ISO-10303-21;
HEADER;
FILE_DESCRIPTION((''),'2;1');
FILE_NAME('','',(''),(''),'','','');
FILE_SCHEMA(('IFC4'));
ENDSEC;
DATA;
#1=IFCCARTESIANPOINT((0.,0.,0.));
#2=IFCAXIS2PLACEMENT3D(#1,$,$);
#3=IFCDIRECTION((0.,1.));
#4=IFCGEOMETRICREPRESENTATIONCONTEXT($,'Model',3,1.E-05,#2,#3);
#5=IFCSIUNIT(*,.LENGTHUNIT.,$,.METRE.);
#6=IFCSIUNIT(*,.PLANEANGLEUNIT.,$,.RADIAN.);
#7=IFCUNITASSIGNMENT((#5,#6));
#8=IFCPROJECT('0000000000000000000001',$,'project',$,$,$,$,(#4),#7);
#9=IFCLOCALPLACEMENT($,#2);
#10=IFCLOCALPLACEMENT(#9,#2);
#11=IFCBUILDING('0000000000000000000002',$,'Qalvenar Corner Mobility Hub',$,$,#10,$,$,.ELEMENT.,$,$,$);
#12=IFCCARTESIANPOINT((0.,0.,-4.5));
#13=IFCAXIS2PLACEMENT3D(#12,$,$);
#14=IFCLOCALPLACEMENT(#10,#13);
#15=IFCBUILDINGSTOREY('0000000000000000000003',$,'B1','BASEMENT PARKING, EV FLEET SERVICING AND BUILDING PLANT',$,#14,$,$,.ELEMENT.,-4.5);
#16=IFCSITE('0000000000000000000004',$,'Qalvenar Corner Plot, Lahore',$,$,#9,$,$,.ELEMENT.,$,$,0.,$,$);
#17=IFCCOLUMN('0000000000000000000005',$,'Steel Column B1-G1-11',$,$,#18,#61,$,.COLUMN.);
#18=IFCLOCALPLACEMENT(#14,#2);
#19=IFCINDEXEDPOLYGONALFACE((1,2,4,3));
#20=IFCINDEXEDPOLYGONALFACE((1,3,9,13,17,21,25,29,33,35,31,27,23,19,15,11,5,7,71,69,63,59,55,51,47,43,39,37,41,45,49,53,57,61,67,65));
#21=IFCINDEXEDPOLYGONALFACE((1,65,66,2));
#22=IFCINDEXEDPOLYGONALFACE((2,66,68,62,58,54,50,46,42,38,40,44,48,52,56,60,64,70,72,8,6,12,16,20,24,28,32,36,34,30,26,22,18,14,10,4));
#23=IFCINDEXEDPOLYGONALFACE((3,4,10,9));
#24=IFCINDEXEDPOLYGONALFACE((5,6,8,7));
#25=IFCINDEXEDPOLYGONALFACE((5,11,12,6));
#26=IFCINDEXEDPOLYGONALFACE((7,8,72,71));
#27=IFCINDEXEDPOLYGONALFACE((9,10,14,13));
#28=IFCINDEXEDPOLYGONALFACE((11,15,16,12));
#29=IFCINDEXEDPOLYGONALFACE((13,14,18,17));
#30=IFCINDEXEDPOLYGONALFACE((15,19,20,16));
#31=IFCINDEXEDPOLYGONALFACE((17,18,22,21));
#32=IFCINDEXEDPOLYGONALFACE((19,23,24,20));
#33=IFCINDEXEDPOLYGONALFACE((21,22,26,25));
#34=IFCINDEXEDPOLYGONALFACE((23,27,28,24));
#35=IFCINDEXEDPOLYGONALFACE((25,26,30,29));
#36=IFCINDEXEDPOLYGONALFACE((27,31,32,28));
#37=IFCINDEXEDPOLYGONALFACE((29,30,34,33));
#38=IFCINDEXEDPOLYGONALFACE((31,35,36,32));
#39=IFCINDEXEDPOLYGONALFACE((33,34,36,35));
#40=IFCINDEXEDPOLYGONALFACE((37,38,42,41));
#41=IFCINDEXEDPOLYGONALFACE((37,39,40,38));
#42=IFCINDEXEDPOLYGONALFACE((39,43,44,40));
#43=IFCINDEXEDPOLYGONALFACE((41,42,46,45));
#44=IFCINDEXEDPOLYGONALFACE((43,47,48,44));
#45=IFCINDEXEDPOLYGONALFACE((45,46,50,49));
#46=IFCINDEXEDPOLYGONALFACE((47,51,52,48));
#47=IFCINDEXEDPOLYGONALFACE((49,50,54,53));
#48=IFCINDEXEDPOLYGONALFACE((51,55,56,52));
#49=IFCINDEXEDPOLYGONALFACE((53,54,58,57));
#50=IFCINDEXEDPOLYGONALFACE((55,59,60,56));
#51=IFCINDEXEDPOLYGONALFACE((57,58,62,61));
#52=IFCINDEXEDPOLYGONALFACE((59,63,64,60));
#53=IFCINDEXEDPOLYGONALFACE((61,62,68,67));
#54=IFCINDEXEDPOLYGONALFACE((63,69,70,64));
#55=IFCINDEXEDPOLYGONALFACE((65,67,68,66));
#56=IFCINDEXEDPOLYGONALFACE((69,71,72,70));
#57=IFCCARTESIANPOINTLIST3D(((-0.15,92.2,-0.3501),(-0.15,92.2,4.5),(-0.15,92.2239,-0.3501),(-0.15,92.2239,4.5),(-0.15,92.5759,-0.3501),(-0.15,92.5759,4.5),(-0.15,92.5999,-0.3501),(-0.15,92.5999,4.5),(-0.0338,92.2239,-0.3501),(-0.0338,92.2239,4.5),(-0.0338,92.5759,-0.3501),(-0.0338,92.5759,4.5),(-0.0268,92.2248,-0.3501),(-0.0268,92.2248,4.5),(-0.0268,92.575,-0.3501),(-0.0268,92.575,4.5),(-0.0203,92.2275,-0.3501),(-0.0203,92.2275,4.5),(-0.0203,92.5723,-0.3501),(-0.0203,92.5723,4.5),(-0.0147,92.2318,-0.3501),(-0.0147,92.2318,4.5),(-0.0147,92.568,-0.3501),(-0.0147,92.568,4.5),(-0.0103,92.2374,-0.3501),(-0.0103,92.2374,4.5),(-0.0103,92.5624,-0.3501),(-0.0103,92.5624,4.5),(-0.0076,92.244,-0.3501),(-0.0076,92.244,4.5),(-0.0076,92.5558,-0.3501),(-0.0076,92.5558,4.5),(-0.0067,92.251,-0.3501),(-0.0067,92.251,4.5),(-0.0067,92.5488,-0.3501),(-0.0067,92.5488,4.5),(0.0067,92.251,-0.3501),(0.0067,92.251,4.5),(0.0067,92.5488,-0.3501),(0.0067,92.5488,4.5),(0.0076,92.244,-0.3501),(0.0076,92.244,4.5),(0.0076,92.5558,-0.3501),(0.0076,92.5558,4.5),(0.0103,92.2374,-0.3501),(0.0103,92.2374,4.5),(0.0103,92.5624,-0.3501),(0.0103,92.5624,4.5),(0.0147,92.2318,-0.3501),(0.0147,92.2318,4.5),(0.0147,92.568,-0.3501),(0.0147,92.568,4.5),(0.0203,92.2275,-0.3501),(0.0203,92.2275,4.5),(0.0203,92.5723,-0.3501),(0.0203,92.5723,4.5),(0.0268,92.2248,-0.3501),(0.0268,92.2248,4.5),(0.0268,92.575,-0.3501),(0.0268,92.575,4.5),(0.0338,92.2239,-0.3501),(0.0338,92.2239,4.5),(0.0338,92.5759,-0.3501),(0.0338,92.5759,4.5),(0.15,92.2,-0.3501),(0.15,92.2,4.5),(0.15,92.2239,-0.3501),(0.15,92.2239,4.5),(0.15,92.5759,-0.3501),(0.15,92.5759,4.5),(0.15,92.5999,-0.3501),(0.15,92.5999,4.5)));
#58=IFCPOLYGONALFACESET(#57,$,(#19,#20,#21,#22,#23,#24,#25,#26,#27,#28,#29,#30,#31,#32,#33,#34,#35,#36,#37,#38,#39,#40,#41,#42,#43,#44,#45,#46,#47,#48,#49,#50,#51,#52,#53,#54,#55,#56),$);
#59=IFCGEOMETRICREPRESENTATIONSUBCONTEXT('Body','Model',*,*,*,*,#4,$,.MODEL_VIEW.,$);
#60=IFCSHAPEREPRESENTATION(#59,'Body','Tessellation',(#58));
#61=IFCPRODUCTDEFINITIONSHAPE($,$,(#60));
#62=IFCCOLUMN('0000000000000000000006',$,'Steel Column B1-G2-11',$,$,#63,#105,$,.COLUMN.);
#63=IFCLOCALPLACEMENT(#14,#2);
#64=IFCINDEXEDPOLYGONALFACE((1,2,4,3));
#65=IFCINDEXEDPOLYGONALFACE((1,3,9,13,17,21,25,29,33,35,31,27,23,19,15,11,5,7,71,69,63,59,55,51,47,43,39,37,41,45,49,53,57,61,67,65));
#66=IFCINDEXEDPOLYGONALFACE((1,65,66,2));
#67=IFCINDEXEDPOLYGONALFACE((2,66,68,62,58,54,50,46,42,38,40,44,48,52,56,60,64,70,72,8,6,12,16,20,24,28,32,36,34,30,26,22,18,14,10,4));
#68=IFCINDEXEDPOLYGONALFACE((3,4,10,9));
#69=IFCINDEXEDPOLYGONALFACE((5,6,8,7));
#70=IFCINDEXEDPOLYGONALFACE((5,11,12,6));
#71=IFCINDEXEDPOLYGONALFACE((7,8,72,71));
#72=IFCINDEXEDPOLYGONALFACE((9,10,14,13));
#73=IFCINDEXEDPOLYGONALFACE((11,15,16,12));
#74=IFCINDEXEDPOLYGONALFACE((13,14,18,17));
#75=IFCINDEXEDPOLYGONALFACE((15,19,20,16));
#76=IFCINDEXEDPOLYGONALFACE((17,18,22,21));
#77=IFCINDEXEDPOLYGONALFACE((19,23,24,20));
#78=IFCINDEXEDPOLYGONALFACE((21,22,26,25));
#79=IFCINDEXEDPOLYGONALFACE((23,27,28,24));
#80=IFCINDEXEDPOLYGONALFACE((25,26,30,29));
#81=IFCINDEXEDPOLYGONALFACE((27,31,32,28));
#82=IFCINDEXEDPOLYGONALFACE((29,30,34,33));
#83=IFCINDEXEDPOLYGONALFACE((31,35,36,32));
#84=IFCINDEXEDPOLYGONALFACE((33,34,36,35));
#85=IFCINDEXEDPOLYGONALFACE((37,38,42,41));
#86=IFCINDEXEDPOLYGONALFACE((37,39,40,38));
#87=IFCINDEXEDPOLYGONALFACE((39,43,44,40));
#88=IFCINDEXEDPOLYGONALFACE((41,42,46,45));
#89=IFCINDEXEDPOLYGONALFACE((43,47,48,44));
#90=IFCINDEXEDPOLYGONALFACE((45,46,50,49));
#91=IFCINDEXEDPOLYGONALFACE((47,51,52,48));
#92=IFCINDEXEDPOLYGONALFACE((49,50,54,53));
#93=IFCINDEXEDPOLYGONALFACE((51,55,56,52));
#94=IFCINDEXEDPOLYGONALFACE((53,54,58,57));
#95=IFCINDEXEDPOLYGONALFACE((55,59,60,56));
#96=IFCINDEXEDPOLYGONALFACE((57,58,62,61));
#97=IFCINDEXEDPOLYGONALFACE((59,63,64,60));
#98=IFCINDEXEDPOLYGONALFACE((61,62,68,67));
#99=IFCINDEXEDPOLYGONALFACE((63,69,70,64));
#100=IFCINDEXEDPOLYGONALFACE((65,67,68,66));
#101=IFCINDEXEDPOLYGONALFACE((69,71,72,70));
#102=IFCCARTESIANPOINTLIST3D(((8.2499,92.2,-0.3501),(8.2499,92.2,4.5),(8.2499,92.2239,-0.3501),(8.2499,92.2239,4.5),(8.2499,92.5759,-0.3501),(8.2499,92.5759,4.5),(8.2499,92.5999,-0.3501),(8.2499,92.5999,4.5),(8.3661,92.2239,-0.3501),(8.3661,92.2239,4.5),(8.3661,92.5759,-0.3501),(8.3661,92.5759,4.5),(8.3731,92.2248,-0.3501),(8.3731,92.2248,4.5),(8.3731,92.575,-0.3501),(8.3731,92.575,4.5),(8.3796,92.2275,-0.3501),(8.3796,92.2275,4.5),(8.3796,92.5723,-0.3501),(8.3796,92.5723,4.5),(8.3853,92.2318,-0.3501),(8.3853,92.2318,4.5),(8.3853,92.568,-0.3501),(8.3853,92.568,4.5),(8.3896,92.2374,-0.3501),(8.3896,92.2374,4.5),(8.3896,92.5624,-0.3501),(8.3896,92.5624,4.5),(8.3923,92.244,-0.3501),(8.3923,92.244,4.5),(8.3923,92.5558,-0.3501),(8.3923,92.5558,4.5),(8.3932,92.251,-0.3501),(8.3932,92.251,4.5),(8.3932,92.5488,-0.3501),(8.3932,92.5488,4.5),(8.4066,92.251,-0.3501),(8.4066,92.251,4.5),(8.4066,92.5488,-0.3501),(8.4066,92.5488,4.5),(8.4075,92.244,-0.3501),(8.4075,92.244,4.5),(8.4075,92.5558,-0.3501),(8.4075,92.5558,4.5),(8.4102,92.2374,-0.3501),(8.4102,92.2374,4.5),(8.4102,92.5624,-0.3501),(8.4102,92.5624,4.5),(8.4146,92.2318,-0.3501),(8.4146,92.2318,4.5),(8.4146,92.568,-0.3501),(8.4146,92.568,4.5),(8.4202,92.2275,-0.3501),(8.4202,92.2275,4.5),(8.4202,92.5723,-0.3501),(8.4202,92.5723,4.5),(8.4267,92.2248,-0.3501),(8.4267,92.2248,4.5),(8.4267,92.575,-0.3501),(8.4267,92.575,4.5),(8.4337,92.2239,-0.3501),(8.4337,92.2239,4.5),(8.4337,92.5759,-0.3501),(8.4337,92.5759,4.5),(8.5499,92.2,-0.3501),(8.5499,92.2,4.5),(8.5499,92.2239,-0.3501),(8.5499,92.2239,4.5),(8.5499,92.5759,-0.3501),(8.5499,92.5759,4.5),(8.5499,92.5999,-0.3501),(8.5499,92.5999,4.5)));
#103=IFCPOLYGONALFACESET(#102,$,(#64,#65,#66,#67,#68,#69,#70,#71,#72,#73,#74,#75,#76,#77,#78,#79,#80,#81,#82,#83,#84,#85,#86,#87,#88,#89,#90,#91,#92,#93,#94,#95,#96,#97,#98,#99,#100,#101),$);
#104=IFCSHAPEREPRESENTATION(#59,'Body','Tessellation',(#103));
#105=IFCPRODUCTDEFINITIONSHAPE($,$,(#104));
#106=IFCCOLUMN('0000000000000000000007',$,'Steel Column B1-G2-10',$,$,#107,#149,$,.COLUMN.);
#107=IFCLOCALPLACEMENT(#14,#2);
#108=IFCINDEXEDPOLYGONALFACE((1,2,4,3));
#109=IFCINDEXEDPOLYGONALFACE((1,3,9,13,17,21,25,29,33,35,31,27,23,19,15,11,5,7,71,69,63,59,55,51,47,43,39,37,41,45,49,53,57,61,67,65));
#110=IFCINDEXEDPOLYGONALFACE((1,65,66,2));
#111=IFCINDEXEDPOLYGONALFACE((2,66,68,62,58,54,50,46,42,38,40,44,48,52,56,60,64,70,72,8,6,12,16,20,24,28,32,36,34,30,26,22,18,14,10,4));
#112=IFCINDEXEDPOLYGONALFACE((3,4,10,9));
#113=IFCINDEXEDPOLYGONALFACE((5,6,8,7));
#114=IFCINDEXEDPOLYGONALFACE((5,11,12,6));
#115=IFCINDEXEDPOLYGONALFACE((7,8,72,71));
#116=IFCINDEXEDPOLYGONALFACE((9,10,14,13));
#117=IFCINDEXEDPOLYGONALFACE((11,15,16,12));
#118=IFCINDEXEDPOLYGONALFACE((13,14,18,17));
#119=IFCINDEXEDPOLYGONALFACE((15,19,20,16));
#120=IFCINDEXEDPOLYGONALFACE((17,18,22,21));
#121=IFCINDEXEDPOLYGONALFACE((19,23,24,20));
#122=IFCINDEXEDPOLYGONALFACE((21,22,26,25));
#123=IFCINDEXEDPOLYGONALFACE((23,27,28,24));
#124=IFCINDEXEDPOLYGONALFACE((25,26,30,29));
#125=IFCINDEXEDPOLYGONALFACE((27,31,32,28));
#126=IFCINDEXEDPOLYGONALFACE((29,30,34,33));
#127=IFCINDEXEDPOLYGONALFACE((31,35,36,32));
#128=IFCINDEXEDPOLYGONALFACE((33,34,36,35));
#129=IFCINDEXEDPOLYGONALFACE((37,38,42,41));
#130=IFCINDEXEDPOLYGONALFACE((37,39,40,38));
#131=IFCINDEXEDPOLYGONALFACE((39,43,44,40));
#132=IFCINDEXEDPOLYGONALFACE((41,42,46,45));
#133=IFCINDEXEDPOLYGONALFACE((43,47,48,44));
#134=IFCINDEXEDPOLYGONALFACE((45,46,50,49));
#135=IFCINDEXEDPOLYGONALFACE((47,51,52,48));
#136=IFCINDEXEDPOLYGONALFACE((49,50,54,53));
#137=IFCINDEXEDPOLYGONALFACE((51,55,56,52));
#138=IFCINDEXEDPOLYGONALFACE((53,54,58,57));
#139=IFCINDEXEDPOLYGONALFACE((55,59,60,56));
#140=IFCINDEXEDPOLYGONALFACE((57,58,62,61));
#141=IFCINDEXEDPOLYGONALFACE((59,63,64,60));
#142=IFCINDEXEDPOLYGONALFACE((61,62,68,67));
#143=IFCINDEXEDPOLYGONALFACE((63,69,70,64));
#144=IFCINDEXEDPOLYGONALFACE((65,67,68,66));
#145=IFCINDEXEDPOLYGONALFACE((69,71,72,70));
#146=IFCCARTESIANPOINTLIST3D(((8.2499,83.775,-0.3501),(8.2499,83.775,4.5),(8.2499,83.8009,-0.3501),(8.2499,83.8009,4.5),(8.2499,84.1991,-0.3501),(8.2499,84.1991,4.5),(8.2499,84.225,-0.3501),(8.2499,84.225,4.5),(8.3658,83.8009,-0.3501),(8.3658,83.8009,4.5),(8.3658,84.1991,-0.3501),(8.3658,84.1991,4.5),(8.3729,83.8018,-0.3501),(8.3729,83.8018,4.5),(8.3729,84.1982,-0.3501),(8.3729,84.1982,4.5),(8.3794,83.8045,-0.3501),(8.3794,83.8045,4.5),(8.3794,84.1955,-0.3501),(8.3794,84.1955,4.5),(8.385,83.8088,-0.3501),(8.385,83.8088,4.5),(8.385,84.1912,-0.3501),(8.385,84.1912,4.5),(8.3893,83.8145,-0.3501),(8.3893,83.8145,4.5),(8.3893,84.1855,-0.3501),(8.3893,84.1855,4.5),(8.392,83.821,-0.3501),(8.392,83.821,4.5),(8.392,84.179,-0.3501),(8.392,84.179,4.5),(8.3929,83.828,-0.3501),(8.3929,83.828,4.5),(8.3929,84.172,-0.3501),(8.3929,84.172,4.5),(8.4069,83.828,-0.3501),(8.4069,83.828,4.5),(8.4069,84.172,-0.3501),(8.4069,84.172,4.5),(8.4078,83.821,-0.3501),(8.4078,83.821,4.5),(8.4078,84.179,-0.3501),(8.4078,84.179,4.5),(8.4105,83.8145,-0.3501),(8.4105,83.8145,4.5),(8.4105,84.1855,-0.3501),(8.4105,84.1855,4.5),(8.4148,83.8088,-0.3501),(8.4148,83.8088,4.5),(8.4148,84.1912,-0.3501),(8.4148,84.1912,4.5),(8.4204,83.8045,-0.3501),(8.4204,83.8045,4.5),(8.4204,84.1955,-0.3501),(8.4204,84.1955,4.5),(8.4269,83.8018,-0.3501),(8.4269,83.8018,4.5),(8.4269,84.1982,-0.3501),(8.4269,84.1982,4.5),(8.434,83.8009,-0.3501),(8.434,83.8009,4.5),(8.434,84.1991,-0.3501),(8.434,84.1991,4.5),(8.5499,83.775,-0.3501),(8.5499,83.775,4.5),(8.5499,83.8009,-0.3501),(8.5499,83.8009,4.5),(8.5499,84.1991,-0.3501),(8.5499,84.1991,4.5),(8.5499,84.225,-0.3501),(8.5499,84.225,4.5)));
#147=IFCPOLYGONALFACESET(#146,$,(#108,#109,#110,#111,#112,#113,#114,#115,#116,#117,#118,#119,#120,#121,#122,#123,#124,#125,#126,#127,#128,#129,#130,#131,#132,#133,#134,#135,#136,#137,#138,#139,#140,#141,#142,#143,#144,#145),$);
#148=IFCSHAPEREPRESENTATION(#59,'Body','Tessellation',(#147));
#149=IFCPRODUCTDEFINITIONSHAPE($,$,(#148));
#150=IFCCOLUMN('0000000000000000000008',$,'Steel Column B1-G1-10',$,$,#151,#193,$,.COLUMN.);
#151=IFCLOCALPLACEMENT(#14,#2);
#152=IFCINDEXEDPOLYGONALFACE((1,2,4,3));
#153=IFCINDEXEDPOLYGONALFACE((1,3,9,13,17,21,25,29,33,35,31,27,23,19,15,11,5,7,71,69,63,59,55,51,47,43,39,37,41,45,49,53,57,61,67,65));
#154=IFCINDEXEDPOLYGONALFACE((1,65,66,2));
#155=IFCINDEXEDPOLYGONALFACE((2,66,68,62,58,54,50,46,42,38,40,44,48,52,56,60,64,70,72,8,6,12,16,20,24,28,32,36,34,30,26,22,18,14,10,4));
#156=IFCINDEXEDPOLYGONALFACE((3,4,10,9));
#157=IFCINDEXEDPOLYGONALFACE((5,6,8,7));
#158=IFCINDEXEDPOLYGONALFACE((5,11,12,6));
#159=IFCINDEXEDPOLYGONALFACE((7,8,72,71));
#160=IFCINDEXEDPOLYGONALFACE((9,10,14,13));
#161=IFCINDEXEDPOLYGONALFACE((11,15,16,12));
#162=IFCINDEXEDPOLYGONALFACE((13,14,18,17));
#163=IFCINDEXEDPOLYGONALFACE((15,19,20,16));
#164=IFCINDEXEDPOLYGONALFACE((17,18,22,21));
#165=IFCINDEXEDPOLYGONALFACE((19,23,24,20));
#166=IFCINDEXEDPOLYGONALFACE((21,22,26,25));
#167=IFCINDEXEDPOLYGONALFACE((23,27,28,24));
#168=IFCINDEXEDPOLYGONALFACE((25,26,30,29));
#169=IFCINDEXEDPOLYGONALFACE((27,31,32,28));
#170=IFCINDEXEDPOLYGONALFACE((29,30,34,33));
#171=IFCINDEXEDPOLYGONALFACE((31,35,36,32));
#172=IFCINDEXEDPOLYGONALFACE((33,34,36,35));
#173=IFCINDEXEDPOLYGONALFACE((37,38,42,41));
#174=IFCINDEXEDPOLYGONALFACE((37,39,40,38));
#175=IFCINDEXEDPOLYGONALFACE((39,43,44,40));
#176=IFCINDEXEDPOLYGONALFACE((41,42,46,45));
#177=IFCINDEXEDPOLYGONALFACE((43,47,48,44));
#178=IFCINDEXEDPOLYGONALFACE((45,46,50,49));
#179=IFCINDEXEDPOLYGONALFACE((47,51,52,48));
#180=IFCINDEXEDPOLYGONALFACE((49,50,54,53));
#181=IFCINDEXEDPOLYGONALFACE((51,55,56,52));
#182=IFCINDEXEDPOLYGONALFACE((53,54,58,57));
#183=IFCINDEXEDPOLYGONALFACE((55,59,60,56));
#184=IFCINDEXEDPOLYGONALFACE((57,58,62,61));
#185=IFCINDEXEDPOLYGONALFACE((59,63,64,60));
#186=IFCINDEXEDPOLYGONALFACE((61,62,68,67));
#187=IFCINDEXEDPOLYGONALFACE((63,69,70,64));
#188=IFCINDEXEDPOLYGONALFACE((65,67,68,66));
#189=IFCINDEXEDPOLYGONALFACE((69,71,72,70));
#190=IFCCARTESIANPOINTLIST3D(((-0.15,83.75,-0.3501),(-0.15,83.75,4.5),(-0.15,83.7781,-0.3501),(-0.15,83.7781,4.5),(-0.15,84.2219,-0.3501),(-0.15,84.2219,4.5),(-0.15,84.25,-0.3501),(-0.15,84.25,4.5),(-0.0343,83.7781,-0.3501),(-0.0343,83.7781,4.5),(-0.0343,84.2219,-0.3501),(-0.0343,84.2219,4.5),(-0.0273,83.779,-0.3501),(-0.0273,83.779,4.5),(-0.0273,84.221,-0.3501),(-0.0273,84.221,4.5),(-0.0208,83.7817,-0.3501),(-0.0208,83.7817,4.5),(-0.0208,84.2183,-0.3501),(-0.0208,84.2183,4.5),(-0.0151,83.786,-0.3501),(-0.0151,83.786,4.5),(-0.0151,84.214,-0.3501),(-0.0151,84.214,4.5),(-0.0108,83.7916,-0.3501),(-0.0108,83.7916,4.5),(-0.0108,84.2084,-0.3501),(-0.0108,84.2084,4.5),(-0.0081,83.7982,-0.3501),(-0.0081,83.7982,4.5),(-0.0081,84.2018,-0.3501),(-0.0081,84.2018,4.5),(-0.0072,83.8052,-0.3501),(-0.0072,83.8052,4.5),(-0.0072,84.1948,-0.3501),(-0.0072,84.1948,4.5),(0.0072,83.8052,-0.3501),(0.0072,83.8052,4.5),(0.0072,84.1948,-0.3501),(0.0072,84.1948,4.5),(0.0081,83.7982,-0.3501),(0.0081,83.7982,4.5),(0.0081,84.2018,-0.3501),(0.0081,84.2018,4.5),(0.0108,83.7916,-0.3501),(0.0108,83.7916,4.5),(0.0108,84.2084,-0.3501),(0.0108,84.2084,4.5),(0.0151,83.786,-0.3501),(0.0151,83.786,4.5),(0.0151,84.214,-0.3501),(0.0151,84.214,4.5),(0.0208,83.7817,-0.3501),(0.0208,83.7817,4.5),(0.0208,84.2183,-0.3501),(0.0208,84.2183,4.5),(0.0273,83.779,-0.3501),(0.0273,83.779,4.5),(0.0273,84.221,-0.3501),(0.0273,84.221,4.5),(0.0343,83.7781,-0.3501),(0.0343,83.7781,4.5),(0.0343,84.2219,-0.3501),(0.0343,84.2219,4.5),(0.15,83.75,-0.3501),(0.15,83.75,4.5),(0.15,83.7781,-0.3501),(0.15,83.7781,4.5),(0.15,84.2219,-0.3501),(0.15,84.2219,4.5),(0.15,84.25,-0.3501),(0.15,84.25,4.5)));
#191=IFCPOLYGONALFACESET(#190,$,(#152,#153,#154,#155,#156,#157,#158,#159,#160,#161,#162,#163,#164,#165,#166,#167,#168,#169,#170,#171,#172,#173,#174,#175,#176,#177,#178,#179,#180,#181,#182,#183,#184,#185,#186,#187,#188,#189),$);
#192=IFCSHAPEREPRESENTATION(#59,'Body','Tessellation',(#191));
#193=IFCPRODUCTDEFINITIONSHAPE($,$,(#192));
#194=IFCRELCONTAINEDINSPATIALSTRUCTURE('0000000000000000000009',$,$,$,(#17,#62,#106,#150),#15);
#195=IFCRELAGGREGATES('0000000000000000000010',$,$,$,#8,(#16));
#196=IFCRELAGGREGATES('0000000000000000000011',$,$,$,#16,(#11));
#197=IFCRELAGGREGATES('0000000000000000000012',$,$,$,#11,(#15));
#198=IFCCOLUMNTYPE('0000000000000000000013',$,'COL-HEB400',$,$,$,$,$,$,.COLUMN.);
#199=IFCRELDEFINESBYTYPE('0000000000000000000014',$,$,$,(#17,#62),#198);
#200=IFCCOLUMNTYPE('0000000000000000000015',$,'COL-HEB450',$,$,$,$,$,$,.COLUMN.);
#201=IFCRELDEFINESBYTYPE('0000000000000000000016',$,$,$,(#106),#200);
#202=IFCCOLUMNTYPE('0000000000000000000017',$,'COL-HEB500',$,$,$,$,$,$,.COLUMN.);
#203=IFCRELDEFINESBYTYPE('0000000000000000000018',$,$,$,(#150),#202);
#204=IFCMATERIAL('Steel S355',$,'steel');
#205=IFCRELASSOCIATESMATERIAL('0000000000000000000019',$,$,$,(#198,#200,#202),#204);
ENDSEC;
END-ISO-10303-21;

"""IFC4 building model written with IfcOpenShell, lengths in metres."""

from ifc_helpers import new_model, si_unit, direction, frame, origin, origin_2d, place, context, subcontext, project, spatial, i_section, extrude, material, material_profile, profile_set, type_object, element, save


model = new_model("IFC4")

# Units and contexts
model_context = context("Model", 3, precision=1e-05, world=origin(), true_north=direction((0.0, 1.0)))
body_context = subcontext(model_context, "Body", "Model", "MODEL_VIEW")
ifc_project = project(units=[si_unit("LENGTHUNIT", "METRE"), si_unit("PLANEANGLEUNIT", "RADIAN")], contexts=[model_context])

# Site, building, storey
site_placement = place(None, origin())
site = spatial("IfcSite", under=ifc_project, at=site_placement, Name="Qalvenar Corner Plot, Lahore", CompositionType="ELEMENT", RefElevation=0.0)
building_placement = place(site_placement, origin())
building = spatial("IfcBuilding", under=site, at=building_placement, Name="Qalvenar Corner Mobility Hub", CompositionType="ELEMENT")
storey_placement = place(building_placement, frame((0.0, 0.0, -4.5)))
storey = spatial("IfcBuildingStorey", under=building, at=storey_placement, Name="B1", Description="BASEMENT PARKING, EV FLEET SERVICING AND BUILDING PLANT", CompositionType="ELEMENT", Elevation=-4.5)

# Columns
ifc_material_1 = material(Name="Steel S355", Category="steel")
ifc_material_profile_1 = material_profile(ifc_material_1, i_section(OverallWidth=0.3, OverallDepth=0.3999, WebThickness=0.0134, FlangeThickness=0.0239, FilletRadius=0.0271, at=origin_2d()), Name="HEB400")
ifc_profile_set_1 = profile_set([ifc_material_profile_1], Name="Steel S355")
column_type_1 = type_object("IfcColumnType", Name="COL-HEB400", PredefinedType="COLUMN", material=ifc_profile_set_1)
for number, where, z_axis, x_axis, name in (
    (1, (0.0, 92.3999, -0.3501), (0.0, 0.0, 1.0), (1.0, 0.0, 0.0), "Steel Column B1-G1-11"),
    (2, (8.3999, 92.3999, -0.3501), (0.0, 0.0, 1.0), (1.0, 0.0, 0.0), "Steel Column B1-G2-11"),
):
    element("IfcColumn", number, at=place(storey_placement, frame(where, z_axis=z_axis, x_axis=x_axis)), inside=storey, type_object=column_type_1, Name=name, PredefinedType="COLUMN", context=body_context, shape_type="SweptSolid", body=[
        extrude(i_section(OverallWidth=0.3, OverallDepth=0.3999, WebThickness=0.0134, FlangeThickness=0.0239, FilletRadius=0.0271, at=origin_2d()), origin(), (0.0, 0.0, 1.0), 4.8501),
    ])
ifc_material_profile_2 = material_profile(ifc_material_1, i_section(OverallWidth=0.3, OverallDepth=0.45, WebThickness=0.0139, FlangeThickness=0.0259, FilletRadius=0.0271, at=origin_2d()), Name="HEB450")
ifc_profile_set_2 = profile_set([ifc_material_profile_2], Name="Steel S355")
column_type_2 = type_object("IfcColumnType", Name="COL-HEB450", PredefinedType="COLUMN", material=ifc_profile_set_2)
column_1_placement = place(storey_placement, frame((8.3999, 84.0, -0.3501), z_axis=(0.0, 0.0, 1.0), x_axis=(1.0, 0.0, 0.0)))
element("IfcColumn", 3, at=column_1_placement, inside=storey, type_object=column_type_2, Name="Steel Column B1-G2-10", PredefinedType="COLUMN", context=body_context, shape_type="SweptSolid", body=[
    extrude(i_section(OverallWidth=0.3, OverallDepth=0.45, WebThickness=0.0139, FlangeThickness=0.0259, FilletRadius=0.0271, at=origin_2d()), origin(), (0.0, 0.0, 1.0), 4.8501),
])
ifc_material_profile_3 = material_profile(ifc_material_1, i_section(OverallWidth=0.3, OverallDepth=0.5, WebThickness=0.0144, FlangeThickness=0.0281, FilletRadius=0.0271, at=origin_2d()), Name="HEB500")
ifc_profile_set_3 = profile_set([ifc_material_profile_3], Name="Steel S355")
column_type_3 = type_object("IfcColumnType", Name="COL-HEB500", PredefinedType="COLUMN", material=ifc_profile_set_3)
column_2_placement = place(storey_placement, frame((0.0, 84.0, -0.3501), z_axis=(0.0, 0.0, 1.0), x_axis=(1.0, 0.0, 0.0)))
element("IfcColumn", 4, at=column_2_placement, inside=storey, type_object=column_type_3, Name="Steel Column B1-G1-10", PredefinedType="COLUMN", context=body_context, shape_type="SweptSolid", body=[
    extrude(i_section(OverallWidth=0.3, OverallDepth=0.5, WebThickness=0.0144, FlangeThickness=0.0281, FilletRadius=0.0271, at=origin_2d()), origin(), (0.0, 0.0, 1.0), 4.8501),
])

save(model, "model.ifc")
